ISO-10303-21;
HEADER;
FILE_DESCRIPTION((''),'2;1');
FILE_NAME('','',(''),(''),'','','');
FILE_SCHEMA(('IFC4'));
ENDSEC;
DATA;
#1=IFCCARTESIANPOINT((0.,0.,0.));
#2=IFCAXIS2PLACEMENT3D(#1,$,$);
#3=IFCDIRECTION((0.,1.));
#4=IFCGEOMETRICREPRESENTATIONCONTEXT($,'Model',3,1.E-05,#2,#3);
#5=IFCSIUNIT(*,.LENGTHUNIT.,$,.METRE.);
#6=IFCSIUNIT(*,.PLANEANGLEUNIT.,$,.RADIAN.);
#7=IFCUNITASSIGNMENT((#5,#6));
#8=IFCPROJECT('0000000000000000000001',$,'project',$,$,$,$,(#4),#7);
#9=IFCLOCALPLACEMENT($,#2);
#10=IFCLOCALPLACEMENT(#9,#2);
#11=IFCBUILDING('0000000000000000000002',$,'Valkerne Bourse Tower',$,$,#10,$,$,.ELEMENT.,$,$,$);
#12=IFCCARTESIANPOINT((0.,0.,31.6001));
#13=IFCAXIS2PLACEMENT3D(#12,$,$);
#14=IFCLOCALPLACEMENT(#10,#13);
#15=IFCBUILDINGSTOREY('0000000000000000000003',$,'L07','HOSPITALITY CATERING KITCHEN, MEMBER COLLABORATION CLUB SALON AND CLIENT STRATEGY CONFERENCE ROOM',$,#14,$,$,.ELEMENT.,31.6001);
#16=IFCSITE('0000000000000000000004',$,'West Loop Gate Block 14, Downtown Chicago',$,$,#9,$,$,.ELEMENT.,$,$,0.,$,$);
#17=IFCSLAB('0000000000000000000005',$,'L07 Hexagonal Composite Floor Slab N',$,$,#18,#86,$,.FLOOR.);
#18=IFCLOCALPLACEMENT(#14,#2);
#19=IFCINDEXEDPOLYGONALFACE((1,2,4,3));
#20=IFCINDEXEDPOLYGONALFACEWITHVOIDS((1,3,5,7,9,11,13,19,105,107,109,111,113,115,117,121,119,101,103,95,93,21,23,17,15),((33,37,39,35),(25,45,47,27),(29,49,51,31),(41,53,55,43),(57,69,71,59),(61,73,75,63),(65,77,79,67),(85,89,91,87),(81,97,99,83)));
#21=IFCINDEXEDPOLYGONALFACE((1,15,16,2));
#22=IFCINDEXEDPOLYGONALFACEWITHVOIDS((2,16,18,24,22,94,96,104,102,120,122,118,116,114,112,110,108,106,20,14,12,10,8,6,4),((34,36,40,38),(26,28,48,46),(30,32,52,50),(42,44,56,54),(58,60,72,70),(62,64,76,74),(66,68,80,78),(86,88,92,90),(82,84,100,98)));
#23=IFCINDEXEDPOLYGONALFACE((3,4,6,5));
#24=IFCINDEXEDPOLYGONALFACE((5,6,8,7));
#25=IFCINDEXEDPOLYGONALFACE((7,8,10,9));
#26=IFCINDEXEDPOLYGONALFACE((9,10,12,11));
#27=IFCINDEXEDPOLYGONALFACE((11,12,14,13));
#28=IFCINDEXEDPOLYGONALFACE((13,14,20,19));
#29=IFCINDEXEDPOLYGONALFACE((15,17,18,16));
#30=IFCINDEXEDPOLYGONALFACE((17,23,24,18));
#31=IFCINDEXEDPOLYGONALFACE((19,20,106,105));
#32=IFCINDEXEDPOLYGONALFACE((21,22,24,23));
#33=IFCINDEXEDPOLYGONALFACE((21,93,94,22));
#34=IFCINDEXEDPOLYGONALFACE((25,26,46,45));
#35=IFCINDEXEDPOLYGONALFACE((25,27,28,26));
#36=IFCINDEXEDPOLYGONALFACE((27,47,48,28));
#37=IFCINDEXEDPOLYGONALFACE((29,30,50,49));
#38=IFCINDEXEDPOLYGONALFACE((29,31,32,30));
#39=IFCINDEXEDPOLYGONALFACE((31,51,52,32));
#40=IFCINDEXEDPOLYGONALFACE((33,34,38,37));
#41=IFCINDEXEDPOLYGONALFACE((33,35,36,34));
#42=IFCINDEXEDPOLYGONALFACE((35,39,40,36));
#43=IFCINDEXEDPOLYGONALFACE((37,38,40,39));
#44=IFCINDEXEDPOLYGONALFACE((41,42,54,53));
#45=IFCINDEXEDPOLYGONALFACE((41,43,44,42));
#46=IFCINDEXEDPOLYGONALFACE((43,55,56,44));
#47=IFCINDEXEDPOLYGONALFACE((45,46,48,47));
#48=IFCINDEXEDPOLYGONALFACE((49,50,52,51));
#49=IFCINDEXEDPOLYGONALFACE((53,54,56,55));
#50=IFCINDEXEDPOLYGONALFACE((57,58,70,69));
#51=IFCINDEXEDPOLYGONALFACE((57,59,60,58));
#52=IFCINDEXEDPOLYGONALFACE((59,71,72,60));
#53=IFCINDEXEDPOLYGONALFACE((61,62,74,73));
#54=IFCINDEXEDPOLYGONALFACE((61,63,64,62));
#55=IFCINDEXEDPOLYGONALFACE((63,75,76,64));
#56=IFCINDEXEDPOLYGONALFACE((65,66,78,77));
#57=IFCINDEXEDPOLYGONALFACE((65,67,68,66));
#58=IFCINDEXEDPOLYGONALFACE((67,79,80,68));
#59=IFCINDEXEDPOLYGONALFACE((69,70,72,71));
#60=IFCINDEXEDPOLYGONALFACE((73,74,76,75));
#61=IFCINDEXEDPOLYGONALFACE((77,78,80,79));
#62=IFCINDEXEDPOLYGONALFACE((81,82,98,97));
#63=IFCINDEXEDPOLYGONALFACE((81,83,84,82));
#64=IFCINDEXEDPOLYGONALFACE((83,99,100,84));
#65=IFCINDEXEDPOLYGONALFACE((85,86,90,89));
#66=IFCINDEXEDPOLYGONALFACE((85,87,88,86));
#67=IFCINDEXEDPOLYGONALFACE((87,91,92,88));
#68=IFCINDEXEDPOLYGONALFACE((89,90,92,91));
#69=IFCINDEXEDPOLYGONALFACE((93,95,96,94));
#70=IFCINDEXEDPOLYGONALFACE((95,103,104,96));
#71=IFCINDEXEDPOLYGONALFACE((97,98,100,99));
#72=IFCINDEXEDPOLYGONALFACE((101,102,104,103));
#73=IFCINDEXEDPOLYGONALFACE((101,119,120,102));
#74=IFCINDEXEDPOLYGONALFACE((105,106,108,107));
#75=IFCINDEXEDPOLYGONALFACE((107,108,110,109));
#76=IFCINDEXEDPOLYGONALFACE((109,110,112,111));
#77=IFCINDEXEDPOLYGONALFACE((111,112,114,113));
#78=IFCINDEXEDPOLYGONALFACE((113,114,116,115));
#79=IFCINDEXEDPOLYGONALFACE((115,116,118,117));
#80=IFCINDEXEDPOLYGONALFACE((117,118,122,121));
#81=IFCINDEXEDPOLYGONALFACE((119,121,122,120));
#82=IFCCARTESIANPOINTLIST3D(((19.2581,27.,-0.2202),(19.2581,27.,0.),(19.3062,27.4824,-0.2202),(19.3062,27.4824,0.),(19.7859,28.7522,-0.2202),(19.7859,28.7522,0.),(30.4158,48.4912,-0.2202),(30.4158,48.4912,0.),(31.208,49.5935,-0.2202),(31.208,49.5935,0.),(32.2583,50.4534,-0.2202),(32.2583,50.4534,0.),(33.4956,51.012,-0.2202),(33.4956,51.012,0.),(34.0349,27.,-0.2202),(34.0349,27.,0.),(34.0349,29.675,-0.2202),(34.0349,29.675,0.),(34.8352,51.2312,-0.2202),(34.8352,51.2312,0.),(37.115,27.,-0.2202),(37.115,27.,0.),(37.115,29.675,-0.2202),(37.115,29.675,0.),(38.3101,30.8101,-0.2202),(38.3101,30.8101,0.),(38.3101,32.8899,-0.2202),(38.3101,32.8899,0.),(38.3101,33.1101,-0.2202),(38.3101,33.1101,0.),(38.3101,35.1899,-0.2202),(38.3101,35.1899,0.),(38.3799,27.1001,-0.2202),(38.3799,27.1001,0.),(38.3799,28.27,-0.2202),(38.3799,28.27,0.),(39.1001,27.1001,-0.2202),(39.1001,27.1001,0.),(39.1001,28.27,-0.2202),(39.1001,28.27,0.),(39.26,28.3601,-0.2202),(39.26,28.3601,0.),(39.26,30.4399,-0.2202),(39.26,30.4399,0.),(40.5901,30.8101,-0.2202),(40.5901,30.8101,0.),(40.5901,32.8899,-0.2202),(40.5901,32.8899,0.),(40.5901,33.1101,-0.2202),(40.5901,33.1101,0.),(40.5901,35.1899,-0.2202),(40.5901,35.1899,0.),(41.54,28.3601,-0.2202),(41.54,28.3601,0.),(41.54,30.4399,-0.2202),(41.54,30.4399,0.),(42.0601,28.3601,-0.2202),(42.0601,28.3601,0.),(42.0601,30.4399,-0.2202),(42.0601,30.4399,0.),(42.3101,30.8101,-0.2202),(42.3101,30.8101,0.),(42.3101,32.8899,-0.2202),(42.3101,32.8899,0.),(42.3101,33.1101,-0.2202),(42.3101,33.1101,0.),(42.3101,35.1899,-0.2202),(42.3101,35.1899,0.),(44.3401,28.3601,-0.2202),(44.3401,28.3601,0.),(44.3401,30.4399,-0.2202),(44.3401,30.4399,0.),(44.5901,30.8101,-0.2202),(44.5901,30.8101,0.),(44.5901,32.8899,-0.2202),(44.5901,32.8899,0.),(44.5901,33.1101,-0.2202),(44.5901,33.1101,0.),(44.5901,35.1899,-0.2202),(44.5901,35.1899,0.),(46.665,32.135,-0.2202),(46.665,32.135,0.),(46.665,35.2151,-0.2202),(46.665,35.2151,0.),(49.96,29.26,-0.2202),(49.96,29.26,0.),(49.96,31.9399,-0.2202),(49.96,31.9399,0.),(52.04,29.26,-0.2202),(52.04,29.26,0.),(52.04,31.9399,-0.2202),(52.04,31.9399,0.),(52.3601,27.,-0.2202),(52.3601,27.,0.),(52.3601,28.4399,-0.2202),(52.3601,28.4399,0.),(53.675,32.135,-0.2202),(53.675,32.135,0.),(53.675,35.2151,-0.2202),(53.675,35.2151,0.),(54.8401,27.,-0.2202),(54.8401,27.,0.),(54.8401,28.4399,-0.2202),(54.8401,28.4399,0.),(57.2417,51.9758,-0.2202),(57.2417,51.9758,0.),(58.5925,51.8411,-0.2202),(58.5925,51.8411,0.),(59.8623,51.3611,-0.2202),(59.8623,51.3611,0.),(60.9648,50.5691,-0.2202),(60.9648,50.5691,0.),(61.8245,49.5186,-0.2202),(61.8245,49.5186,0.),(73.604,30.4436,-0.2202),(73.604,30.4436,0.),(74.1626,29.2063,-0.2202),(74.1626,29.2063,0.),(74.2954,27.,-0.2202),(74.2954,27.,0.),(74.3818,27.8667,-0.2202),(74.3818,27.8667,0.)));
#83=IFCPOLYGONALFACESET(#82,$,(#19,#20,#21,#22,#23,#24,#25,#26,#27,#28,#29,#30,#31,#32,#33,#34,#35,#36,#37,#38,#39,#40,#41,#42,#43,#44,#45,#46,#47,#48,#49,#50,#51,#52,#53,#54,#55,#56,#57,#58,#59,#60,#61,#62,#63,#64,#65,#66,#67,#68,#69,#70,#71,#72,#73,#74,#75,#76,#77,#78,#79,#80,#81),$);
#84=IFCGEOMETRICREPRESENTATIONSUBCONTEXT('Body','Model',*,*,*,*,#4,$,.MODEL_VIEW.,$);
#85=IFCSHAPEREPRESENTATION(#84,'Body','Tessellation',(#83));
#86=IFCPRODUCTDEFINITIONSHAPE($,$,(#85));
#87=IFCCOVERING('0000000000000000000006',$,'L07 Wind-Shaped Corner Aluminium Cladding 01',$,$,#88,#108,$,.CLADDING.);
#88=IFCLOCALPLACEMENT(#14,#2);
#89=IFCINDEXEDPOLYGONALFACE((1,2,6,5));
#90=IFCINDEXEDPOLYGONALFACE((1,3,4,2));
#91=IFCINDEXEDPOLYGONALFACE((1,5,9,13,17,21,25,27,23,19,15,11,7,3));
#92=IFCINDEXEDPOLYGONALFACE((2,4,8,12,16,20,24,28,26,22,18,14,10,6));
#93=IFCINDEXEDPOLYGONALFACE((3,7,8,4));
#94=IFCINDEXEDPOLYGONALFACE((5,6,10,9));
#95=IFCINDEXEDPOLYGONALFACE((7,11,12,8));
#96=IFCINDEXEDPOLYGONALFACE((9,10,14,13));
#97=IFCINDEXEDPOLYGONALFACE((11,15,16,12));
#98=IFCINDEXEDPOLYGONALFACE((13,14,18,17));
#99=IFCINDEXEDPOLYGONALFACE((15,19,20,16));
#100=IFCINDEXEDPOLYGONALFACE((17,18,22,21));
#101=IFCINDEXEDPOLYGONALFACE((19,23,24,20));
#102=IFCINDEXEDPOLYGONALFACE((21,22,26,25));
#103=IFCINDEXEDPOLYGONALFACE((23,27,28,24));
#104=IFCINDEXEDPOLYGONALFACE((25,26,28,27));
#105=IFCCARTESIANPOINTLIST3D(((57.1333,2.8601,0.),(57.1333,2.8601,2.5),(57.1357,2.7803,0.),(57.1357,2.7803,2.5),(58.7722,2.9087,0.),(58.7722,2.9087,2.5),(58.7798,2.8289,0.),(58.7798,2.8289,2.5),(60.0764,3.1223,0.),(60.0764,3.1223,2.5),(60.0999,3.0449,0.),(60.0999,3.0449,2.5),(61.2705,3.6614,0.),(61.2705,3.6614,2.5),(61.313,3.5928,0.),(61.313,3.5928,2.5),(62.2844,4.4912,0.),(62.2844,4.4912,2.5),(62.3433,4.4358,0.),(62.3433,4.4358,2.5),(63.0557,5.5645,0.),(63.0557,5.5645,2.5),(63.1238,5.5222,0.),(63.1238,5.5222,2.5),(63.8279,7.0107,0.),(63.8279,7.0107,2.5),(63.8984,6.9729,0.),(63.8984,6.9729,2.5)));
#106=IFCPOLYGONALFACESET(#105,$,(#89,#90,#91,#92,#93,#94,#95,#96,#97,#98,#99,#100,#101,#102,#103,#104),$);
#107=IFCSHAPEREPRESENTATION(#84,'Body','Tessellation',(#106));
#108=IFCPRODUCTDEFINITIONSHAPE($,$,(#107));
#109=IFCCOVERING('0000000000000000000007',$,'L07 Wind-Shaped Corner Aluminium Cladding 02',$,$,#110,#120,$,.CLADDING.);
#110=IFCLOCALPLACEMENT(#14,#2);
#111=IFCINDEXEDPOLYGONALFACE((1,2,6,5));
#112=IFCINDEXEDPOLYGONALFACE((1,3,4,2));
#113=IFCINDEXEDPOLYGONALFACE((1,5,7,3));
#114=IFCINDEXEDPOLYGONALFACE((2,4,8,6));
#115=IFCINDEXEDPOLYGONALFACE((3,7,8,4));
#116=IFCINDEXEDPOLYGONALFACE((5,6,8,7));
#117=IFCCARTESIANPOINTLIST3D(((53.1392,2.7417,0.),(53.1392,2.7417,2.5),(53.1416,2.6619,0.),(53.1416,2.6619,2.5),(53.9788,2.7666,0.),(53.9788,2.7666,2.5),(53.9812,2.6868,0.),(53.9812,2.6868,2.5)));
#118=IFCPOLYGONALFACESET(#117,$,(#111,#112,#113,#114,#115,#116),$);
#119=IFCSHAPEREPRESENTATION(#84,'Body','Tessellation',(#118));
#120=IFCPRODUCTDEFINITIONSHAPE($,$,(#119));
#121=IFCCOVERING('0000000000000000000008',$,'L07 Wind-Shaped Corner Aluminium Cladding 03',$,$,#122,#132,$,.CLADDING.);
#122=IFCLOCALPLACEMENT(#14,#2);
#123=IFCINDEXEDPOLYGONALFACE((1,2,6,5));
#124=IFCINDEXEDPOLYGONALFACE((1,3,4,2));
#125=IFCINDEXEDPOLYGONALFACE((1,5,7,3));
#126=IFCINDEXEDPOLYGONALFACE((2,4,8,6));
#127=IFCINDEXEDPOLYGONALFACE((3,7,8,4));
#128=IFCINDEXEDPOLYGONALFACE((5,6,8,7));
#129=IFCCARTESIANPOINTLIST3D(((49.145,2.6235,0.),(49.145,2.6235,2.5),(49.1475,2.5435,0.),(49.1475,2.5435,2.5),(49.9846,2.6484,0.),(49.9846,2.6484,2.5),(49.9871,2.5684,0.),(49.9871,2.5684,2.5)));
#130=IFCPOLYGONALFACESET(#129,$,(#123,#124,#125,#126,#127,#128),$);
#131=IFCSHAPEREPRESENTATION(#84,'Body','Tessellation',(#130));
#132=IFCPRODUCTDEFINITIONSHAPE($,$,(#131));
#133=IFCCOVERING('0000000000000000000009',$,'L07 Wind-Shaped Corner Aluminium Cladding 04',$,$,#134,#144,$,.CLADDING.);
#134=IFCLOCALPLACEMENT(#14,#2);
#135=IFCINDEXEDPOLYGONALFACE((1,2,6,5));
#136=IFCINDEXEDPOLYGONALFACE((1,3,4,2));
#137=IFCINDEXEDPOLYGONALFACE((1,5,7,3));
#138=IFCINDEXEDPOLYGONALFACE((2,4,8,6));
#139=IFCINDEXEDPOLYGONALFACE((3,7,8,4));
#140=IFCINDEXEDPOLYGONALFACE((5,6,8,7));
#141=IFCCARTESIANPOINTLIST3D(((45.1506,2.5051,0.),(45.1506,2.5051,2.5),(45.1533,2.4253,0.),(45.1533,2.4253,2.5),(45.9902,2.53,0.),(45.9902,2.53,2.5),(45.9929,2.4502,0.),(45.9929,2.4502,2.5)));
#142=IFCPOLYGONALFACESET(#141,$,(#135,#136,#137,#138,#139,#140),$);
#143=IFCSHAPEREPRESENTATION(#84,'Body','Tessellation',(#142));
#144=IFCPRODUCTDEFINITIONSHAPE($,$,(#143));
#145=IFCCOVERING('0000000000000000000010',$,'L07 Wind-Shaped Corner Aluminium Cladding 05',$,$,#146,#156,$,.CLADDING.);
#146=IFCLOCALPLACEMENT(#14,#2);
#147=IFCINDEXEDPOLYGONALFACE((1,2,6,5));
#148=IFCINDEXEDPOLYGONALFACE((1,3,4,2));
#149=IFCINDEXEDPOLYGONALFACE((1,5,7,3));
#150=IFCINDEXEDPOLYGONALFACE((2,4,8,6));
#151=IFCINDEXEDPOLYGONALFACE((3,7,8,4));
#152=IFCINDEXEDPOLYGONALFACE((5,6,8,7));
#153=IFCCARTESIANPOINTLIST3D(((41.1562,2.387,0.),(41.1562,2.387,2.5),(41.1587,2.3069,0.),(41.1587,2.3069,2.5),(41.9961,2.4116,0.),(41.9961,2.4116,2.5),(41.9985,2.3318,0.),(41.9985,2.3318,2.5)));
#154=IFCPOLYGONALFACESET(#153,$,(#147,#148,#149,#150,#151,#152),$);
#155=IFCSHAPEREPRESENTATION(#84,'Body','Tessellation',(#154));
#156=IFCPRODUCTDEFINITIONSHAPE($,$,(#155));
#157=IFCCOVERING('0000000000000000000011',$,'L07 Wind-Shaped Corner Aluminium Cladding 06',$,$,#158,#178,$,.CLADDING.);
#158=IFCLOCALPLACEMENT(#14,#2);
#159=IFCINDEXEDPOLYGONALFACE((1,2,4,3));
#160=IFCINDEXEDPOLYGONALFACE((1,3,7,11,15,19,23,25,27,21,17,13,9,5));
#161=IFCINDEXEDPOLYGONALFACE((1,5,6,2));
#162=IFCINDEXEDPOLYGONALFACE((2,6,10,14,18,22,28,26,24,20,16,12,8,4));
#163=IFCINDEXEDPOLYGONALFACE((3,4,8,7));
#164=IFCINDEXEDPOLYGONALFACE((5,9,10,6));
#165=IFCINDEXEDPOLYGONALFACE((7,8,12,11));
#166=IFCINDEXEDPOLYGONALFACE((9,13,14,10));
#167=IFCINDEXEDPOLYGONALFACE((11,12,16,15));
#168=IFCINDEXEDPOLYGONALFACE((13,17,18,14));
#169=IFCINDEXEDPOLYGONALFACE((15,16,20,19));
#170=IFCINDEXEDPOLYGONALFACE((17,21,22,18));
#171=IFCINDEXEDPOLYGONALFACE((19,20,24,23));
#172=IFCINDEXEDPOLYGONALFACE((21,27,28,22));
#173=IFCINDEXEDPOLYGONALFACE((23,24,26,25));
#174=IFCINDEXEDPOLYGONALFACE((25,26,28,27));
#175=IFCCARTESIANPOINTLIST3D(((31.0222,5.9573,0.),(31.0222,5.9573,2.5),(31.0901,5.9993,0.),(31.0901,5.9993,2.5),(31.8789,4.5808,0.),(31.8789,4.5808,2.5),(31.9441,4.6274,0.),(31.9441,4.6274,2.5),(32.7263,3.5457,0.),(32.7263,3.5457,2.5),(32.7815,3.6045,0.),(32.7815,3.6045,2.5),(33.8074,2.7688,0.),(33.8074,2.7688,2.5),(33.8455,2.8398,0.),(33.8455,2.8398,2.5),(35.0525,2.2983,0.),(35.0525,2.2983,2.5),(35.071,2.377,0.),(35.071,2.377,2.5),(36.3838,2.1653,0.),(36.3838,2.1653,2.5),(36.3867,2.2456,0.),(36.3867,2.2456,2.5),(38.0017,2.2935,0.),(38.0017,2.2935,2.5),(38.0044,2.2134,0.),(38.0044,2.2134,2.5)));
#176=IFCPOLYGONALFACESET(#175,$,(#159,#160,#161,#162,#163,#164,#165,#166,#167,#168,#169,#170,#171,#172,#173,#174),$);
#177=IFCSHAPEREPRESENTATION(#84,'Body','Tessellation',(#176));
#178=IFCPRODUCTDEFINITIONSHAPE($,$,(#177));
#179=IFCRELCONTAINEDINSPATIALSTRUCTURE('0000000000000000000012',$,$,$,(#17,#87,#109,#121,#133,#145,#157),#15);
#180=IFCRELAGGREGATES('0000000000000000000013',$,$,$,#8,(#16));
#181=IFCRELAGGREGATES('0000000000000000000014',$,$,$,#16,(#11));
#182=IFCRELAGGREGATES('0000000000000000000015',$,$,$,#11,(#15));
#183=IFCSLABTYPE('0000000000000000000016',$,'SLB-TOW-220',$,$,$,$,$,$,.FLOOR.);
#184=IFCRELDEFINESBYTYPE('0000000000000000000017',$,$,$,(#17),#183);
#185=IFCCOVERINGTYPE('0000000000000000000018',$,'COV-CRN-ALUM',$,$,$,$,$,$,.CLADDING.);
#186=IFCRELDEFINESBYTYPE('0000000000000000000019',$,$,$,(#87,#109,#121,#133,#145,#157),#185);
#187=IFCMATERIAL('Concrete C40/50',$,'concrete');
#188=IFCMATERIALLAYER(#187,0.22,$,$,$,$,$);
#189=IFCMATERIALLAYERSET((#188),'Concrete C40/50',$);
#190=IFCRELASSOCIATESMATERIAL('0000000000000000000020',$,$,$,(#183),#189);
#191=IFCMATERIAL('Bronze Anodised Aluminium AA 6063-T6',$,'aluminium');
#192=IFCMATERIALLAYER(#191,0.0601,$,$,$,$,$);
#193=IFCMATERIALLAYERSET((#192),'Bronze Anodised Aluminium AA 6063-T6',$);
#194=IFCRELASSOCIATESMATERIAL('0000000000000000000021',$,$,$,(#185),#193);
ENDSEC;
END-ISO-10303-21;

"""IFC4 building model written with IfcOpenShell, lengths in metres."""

from ifc_helpers import new_model, si_unit, direction, frame, origin, place, context, subcontext, project, spatial, polyline, outline, extrude, material, layer, layer_set, type_object, element, save


model = new_model("IFC4")

# Units and contexts
model_context = context("Model", 3, precision=1e-05, world=origin(), true_north=direction((0.0, 1.0)))
body_context = subcontext(model_context, "Body", "Model", "MODEL_VIEW")
ifc_project = project(units=[si_unit("LENGTHUNIT", "METRE"), si_unit("PLANEANGLEUNIT", "RADIAN")], contexts=[model_context])

# Site, building, storey
site_placement = place(None, origin())
site = spatial("IfcSite", under=ifc_project, at=site_placement, Name="West Loop Gate Block 14, Downtown Chicago", CompositionType="ELEMENT", RefElevation=0.0)
building_placement = place(site_placement, origin())
building = spatial("IfcBuilding", under=site, at=building_placement, Name="Valkerne Bourse Tower", CompositionType="ELEMENT")
storey_placement = place(building_placement, frame((0.0, 0.0, 31.6001)))
storey = spatial("IfcBuildingStorey", under=building, at=storey_placement, Name="L07", Description="HOSPITALITY CATERING KITCHEN, MEMBER COLLABORATION CLUB SALON AND CLIENT STRATEGY CONFERENCE ROOM", CompositionType="ELEMENT", Elevation=31.6001)

# Slab
ifc_material_1 = material(Name="Concrete C40/50", Category="concrete")
ifc_layer_1 = layer(ifc_material_1, 0.22)
ifc_layer_set_1 = layer_set([ifc_layer_1], Name="Concrete C40/50")
slab_type_1 = type_object("IfcSlabType", Name="SLB-TOW-220", PredefinedType="FLOOR", material=ifc_layer_set_1)
slab_1_placement = place(storey_placement, frame((0.0, 0.0, -0.2202)))
element("IfcSlab", 1, at=slab_1_placement, inside=storey, type_object=slab_type_1, Name="L07 Hexagonal Composite Floor Slab N", PredefinedType="FLOOR", context=body_context, shape_type="SweptSolid", body=[
    extrude(outline(polyline([(19.3062, 27.4824), (19.7859, 28.7522), (30.4158, 48.4912), (31.208, 49.5935), (32.2583, 50.4534), (33.4956, 51.012), (34.8352, 51.2312), (57.2417, 51.9758), (58.5925, 51.8411), (59.8623, 51.3611), (60.9648, 50.5691), (61.8245, 49.5186), (73.604, 30.4436), (74.1626, 29.2063), (74.3818, 27.8667), (74.2954, 27.0), (54.8401, 27.0), (54.8401, 28.4399), (52.3601, 28.4399), (52.3601, 27.0), (37.115, 27.0), (37.115, 29.675), (34.0349, 29.675), (34.0349, 27.0), (19.2581, 27.0), (19.3062, 27.4824)]), holes=[polyline([(39.1001, 28.27), (38.3799, 28.27), (38.3799, 27.1001), (39.1001, 27.1001), (39.1001, 28.27)]), polyline([(41.54, 30.4399), (39.26, 30.4399), (39.26, 28.3601), (41.54, 28.3601), (41.54, 30.4399)]), polyline([(44.3401, 30.4399), (42.0601, 30.4399), (42.0601, 28.3601), (44.3401, 28.3601), (44.3401, 30.4399)]), polyline([(40.5901, 30.8101), (40.5901, 32.8899), (38.3101, 32.8899), (38.3101, 30.8101), (40.5901, 30.8101)]), polyline([(40.5901, 33.1101), (40.5901, 35.1899), (38.3101, 35.1899), (38.3101, 33.1101), (40.5901, 33.1101)]), polyline([(52.04, 31.9399), (49.96, 31.9399), (49.96, 29.26), (52.04, 29.26), (52.04, 31.9399)]), polyline([(44.5901, 32.8899), (42.3101, 32.8899), (42.3101, 30.8101), (44.5901, 30.8101), (44.5901, 32.8899)]), polyline([(53.675, 32.135), (53.675, 35.2151), (46.665, 35.2151), (46.665, 32.135), (53.675, 32.135)]), polyline([(44.5901, 33.1101), (44.5901, 35.1899), (42.3101, 35.1899), (42.3101, 33.1101), (44.5901, 33.1101)])]), origin(), (0.0, 0.0, 1.0), 0.2202),
])

# Coverings
ifc_material_2 = material(Name="Bronze Anodised Aluminium AA 6063-T6", Category="aluminium")
ifc_layer_2 = layer(ifc_material_2, 0.0601)
ifc_layer_set_2 = layer_set([ifc_layer_2], Name="Bronze Anodised Aluminium AA 6063-T6")
covering_type = type_object("IfcCoveringType", Name="COV-CRN-ALUM", PredefinedType="CLADDING", material=ifc_layer_set_2)
covering_1_placement = place(storey_placement, origin())
element("IfcCovering", 2, at=covering_1_placement, inside=storey, type_object=covering_type, Name="L07 Wind-Shaped Corner Aluminium Cladding 01", PredefinedType="CLADDING", context=body_context, shape_type="SweptSolid", body=[
    extrude(outline(polyline([(62.3433, 4.4358), (61.313, 3.5928), (60.0999, 3.0449), (58.7798, 2.8289), (57.1357, 2.7803), (57.1333, 2.8601), (58.7722, 2.9087), (60.0764, 3.1223), (61.2705, 3.6614), (62.2844, 4.4912), (63.0557, 5.5645), (63.8279, 7.0107), (63.8984, 6.9729), (63.1238, 5.5222), (62.3433, 4.4358)])), origin(), (0.0, 0.0, 1.0), 2.5),
])
covering_2_placement = place(storey_placement, origin())
element("IfcCovering", 3, at=covering_2_placement, inside=storey, type_object=covering_type, Name="L07 Wind-Shaped Corner Aluminium Cladding 02", PredefinedType="CLADDING", context=body_context, shape_type="SweptSolid", body=[
    extrude(outline(polyline([(53.1416, 2.6619), (53.1392, 2.7417), (53.9788, 2.7666), (53.9812, 2.6868), (53.1416, 2.6619)])), origin(), (0.0, 0.0, 1.0), 2.5),
])
covering_3_placement = place(storey_placement, origin())
element("IfcCovering", 4, at=covering_3_placement, inside=storey, type_object=covering_type, Name="L07 Wind-Shaped Corner Aluminium Cladding 03", PredefinedType="CLADDING", context=body_context, shape_type="SweptSolid", body=[
    extrude(outline(polyline([(49.1475, 2.5435), (49.145, 2.6235), (49.9846, 2.6484), (49.9871, 2.5684), (49.1475, 2.5435)])), origin(), (0.0, 0.0, 1.0), 2.5),
])
covering_4_placement = place(storey_placement, origin())
element("IfcCovering", 5, at=covering_4_placement, inside=storey, type_object=covering_type, Name="L07 Wind-Shaped Corner Aluminium Cladding 04", PredefinedType="CLADDING", context=body_context, shape_type="SweptSolid", body=[
    extrude(outline(polyline([(45.1533, 2.4253), (45.1506, 2.5051), (45.9902, 2.53), (45.9929, 2.4502), (45.1533, 2.4253)])), origin(), (0.0, 0.0, 1.0), 2.5),
])
covering_5_placement = place(storey_placement, origin())
element("IfcCovering", 6, at=covering_5_placement, inside=storey, type_object=covering_type, Name="L07 Wind-Shaped Corner Aluminium Cladding 05", PredefinedType="CLADDING", context=body_context, shape_type="SweptSolid", body=[
    extrude(outline(polyline([(41.1587, 2.3069), (41.1562, 2.387), (41.9961, 2.4116), (41.9985, 2.3318), (41.1587, 2.3069)])), origin(), (0.0, 0.0, 1.0), 2.5),
])
covering_6_placement = place(storey_placement, origin())
element("IfcCovering", 7, at=covering_6_placement, inside=storey, type_object=covering_type, Name="L07 Wind-Shaped Corner Aluminium Cladding 06", PredefinedType="CLADDING", context=body_context, shape_type="SweptSolid", body=[
    extrude(outline(polyline([(36.3838, 2.1653), (35.0525, 2.2983), (33.8074, 2.7688), (32.7263, 3.5457), (31.8789, 4.5808), (31.0222, 5.9573), (31.0901, 5.9993), (31.9441, 4.6274), (32.7815, 3.6045), (33.8455, 2.8398), (35.071, 2.377), (36.3867, 2.2456), (38.0017, 2.2935), (38.0044, 2.2134), (36.3838, 2.1653)])), origin(), (0.0, 0.0, 1.0), 2.5),
])

save(model, "model.ifc")
